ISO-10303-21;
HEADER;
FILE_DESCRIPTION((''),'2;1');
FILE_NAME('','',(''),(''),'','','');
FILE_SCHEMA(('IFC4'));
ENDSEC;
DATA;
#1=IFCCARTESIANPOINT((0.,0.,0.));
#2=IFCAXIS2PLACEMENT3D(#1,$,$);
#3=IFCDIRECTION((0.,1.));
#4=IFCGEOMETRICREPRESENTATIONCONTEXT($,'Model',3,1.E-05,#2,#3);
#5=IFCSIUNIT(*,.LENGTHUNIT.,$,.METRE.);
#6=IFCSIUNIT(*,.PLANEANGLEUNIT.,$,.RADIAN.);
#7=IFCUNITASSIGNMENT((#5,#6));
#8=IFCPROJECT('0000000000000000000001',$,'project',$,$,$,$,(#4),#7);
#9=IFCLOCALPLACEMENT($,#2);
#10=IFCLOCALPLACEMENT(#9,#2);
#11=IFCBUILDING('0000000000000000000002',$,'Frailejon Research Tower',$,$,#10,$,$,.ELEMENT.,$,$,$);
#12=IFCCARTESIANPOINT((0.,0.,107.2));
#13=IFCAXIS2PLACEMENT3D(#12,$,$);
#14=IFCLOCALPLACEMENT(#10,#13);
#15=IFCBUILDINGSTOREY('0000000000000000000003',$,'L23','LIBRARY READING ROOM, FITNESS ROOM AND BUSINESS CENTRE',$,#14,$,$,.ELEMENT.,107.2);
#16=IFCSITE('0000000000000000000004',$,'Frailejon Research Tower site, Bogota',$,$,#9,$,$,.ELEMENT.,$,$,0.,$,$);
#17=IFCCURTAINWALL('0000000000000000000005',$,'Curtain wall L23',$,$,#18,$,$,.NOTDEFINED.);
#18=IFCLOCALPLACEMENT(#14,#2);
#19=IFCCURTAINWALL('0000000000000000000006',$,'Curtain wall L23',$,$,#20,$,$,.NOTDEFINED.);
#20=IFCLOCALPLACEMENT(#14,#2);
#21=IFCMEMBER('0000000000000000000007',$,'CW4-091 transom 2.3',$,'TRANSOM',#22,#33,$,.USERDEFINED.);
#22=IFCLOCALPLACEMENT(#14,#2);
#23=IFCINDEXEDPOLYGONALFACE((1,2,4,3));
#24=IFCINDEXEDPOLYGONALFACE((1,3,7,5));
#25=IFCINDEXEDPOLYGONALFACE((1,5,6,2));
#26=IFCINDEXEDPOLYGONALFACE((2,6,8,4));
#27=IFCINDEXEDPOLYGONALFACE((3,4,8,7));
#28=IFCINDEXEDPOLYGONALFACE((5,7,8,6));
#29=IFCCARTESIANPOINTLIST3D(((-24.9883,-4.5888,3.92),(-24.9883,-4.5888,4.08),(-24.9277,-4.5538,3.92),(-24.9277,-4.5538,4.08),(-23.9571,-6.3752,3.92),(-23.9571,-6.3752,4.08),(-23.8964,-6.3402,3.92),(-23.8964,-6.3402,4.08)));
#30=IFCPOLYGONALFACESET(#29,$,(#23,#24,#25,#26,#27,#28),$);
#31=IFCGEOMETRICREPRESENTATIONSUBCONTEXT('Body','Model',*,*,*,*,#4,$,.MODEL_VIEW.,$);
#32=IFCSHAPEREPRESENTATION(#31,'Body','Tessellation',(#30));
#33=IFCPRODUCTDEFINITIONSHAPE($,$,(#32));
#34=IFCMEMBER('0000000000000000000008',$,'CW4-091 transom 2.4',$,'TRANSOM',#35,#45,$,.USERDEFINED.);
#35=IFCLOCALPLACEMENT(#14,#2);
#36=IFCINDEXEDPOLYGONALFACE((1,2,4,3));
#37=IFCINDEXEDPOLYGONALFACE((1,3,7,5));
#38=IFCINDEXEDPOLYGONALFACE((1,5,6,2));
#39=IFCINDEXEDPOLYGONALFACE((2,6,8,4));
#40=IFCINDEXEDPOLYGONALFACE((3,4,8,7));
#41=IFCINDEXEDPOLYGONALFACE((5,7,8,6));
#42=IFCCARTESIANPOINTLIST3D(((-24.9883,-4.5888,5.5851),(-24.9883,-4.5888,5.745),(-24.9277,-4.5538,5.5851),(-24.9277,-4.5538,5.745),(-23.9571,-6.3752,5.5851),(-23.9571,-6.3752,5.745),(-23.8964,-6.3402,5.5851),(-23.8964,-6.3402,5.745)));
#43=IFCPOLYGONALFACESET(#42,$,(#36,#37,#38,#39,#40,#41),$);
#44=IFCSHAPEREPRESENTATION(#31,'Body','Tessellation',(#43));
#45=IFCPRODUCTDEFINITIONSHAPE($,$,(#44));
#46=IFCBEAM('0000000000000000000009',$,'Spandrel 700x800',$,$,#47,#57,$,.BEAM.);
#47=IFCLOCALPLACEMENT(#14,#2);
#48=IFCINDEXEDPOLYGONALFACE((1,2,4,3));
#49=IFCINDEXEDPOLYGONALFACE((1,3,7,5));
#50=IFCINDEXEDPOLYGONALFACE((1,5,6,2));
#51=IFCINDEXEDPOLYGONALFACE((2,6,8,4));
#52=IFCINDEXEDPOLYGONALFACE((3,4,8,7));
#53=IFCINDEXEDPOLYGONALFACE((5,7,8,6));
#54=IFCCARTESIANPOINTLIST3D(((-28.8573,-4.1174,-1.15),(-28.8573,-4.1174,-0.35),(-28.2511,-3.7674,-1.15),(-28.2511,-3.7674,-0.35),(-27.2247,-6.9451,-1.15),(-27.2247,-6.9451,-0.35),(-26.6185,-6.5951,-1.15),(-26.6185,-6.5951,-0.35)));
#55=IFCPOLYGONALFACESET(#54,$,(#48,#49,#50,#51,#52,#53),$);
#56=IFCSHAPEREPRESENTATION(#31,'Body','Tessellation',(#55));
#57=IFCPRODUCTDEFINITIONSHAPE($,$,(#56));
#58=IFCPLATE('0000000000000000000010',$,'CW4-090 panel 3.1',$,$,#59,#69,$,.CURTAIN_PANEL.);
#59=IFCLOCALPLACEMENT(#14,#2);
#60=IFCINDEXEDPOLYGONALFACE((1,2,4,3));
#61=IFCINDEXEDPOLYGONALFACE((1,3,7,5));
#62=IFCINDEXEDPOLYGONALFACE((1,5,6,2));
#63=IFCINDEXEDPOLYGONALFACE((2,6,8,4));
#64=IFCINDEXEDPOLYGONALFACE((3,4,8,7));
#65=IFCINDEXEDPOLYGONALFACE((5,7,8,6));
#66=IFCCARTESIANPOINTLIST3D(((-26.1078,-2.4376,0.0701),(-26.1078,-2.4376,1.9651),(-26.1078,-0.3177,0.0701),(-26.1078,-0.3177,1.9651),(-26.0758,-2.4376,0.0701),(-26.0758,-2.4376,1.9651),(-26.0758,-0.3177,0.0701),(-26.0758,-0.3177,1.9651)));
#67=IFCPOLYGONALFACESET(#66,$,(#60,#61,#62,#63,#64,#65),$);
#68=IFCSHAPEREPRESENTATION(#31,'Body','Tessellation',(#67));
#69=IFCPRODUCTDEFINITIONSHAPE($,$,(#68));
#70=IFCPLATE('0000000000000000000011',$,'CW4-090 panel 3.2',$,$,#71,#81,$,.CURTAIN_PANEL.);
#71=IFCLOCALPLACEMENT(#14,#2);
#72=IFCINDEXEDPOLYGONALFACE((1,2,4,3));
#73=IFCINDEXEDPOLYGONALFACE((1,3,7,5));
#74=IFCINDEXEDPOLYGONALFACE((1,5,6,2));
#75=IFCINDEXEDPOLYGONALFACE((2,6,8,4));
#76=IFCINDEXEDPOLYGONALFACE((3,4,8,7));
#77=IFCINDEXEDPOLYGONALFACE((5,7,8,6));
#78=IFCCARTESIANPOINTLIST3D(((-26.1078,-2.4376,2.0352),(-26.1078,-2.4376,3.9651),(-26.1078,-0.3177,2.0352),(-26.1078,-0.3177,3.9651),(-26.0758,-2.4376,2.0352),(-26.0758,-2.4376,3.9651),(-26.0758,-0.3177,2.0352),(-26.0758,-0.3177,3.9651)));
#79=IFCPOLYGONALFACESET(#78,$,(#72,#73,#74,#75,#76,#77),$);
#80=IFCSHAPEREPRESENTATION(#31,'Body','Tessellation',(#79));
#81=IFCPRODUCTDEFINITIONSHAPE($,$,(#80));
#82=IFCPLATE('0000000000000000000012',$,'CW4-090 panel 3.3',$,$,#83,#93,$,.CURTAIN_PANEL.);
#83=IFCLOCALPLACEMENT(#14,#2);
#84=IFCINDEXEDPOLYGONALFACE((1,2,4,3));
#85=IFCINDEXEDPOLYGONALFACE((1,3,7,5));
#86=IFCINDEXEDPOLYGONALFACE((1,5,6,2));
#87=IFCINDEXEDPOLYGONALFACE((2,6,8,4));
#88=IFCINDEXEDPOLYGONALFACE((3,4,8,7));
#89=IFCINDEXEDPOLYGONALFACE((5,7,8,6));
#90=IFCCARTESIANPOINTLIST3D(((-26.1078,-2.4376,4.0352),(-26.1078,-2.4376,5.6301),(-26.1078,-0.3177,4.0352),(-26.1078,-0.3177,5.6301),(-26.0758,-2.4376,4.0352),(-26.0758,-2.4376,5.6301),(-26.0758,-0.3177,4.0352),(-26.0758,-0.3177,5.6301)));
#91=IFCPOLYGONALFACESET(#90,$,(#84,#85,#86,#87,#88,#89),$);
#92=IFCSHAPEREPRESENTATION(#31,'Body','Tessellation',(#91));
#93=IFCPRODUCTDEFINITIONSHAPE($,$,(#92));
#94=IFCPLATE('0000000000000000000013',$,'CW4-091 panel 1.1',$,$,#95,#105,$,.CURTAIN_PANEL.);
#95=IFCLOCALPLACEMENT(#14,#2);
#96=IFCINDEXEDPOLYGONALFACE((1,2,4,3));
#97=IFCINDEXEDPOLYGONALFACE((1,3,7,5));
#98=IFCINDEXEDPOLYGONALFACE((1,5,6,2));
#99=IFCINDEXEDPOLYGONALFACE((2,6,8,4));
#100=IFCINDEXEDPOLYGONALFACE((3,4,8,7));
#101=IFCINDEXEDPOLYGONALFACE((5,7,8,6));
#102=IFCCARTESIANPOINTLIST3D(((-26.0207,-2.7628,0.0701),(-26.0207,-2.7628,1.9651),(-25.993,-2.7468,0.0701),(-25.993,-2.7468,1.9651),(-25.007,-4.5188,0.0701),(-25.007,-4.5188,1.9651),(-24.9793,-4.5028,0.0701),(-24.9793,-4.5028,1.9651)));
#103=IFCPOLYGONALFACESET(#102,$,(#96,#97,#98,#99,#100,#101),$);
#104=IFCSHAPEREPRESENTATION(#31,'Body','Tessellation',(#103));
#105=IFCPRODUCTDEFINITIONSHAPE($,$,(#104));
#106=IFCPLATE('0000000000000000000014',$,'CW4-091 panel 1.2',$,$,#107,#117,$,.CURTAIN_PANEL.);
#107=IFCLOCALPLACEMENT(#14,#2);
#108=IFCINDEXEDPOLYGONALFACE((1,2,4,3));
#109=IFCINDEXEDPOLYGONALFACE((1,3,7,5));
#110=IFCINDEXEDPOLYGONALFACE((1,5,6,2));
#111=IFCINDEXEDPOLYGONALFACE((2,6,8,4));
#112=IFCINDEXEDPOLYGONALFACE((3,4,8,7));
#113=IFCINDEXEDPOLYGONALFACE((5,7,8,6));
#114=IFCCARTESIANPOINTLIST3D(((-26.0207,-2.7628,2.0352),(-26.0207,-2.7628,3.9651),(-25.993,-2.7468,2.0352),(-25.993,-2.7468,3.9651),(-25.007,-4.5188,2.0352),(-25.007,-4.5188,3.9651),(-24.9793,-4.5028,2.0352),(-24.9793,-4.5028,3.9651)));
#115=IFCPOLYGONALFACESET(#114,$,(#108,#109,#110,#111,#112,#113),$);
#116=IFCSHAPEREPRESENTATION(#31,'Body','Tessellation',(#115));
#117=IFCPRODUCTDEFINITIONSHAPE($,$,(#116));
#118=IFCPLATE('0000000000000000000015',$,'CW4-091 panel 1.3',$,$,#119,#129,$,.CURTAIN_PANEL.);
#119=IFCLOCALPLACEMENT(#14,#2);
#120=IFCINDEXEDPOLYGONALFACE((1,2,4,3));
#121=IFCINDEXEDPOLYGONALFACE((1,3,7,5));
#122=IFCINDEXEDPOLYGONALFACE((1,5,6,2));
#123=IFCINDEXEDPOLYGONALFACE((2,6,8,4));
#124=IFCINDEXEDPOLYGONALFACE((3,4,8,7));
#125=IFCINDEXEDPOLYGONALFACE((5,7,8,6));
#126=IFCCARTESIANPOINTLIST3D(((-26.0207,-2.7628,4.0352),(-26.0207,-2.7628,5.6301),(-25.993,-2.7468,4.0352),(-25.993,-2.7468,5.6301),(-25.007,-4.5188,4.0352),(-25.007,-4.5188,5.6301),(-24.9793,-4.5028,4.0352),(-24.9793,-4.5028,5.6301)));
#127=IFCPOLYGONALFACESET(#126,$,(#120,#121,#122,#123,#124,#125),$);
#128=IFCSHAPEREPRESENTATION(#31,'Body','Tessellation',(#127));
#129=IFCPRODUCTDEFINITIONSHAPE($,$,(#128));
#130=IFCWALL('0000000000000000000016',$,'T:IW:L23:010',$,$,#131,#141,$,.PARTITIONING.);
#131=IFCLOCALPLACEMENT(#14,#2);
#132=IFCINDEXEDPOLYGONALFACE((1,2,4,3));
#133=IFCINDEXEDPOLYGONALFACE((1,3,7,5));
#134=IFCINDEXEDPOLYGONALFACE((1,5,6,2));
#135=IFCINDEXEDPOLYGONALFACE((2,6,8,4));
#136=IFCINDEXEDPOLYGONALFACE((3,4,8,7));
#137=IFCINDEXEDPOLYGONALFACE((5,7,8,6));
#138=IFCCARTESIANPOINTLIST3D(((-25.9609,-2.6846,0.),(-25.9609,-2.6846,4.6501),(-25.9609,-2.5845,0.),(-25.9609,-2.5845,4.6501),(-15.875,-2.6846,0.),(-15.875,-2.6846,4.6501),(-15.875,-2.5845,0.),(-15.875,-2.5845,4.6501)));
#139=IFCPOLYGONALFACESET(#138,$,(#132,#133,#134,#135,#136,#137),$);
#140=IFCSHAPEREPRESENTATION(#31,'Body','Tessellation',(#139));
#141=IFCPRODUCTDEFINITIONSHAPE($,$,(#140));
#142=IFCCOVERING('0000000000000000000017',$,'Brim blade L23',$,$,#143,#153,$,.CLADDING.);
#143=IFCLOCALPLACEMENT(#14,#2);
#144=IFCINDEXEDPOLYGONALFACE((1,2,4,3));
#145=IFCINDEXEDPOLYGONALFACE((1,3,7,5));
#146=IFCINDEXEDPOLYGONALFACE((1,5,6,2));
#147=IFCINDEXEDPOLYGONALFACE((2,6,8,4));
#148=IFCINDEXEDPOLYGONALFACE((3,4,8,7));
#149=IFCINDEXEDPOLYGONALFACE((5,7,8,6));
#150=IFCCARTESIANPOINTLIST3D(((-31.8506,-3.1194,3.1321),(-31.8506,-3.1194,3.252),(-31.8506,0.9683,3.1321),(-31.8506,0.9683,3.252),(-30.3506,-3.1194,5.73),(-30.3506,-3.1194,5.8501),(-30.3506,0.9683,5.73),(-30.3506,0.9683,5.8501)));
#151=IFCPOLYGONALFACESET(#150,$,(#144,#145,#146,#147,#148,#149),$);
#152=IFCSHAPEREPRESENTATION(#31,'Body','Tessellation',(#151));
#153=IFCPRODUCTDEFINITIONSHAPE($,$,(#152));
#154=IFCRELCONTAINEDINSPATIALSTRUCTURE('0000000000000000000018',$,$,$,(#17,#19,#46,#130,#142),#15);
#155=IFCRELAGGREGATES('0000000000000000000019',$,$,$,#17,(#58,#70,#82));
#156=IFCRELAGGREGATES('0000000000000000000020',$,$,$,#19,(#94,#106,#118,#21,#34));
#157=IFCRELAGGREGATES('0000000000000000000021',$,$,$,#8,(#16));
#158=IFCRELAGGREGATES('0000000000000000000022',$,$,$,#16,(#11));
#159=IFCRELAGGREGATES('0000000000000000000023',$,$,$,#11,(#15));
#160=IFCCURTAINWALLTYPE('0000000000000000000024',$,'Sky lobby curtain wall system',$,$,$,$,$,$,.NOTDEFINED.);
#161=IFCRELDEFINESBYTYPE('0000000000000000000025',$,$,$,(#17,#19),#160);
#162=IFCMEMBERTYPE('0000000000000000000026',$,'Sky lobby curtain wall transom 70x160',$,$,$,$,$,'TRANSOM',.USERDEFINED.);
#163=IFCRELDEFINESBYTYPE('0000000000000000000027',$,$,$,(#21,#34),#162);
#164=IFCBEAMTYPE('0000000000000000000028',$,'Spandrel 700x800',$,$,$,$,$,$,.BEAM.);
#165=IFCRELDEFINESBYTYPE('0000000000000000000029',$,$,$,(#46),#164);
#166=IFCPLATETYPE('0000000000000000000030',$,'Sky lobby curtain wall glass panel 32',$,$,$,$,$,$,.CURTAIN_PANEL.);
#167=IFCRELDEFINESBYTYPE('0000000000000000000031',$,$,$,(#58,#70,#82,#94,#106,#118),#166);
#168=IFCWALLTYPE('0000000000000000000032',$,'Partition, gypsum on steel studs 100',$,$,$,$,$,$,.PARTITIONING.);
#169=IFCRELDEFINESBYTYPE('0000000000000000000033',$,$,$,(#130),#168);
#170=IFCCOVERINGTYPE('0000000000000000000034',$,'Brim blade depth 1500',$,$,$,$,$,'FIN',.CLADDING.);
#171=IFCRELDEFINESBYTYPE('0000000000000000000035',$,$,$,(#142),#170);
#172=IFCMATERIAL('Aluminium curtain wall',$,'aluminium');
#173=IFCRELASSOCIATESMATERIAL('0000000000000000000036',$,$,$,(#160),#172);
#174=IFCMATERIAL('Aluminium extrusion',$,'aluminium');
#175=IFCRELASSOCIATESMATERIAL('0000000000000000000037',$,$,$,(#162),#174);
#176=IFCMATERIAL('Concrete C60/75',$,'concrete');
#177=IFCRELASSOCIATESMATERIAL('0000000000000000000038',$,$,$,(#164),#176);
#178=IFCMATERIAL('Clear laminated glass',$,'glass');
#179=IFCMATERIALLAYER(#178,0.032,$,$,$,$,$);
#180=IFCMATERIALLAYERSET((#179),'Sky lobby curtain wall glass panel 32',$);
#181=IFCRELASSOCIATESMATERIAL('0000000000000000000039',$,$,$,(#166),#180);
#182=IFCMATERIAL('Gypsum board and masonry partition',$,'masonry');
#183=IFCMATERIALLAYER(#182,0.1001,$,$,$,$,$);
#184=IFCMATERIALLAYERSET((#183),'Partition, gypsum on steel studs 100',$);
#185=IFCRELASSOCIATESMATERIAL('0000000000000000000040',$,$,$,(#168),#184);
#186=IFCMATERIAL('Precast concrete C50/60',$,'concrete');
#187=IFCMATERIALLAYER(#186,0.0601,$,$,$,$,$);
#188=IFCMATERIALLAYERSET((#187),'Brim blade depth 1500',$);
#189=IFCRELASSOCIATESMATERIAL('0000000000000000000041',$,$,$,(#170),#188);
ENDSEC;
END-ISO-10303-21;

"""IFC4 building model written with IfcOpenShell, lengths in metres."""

from ifc_helpers import new_model, si_unit, direction, frame, frame_2d, origin, origin_2d, place, context, subcontext, project, spatial, polyline, rectangle, outline, extrude, material, layer, layer_set, material_profile, profile_set, type_object, element, aggregate, save


model = new_model("IFC4")

# Units and contexts
model_context = context("Model", 3, precision=1e-05, world=origin(), true_north=direction((0.0, 1.0)))
body_context = subcontext(model_context, "Body", "Model", "MODEL_VIEW")
ifc_project = project(units=[si_unit("LENGTHUNIT", "METRE"), si_unit("PLANEANGLEUNIT", "RADIAN")], contexts=[model_context])

# Site, building, storey
site_placement = place(None, origin())
site = spatial("IfcSite", under=ifc_project, at=site_placement, Name="Frailejon Research Tower site, Bogota", CompositionType="ELEMENT", RefElevation=0.0)
building_placement = place(site_placement, origin())
building = spatial("IfcBuilding", under=site, at=building_placement, Name="Frailejon Research Tower", CompositionType="ELEMENT")
storey_placement = place(building_placement, frame((0.0, 0.0, 107.2)))
storey = spatial("IfcBuildingStorey", under=building, at=storey_placement, Name="L23", Description="LIBRARY READING ROOM, FITNESS ROOM AND BUSINESS CENTRE", CompositionType="ELEMENT", Elevation=107.2)

# Curtain wall
ifc_material_1 = material(Name="Aluminium curtain wall", Category="aluminium")
curtain_wall_type = type_object("IfcCurtainWallType", Name="Sky lobby curtain wall system", PredefinedType="NOTDEFINED", material=ifc_material_1)
curtain_wall_1_placement = place(storey_placement, origin())
curtain_wall_1 = element("IfcCurtainWall", 1, at=curtain_wall_1_placement, inside=storey, type_object=curtain_wall_type, Name="Curtain wall L23", PredefinedType="NOTDEFINED")

# Curtain wall
curtain_wall_2_placement = place(storey_placement, origin())
curtain_wall_2 = element("IfcCurtainWall", 2, at=curtain_wall_2_placement, inside=storey, type_object=curtain_wall_type, Name="Curtain wall L23", PredefinedType="NOTDEFINED")

# Members
ifc_material_2 = material(Name="Aluminium extrusion", Category="aluminium")
ifc_material_profile_1 = material_profile(ifc_material_2, rectangle(XDim=0.0701, YDim=0.1599, at=origin_2d()), Name="Sky lobby curtain wall transom 70x160")
ifc_profile_set_1 = profile_set([ifc_material_profile_1], Name="Aluminium extrusion")
member_type_1 = type_object("IfcMemberType", Name="Sky lobby curtain wall transom 70x160", ElementType="TRANSOM", PredefinedType="USERDEFINED", material=ifc_profile_set_1)
member_1_placement = place(storey_placement, frame((-24.958, -4.5713, 4.0), z_axis=(0.499958, -0.86605, 0.0), x_axis=(0.86605, 0.499958, 0.0)))
member_1 = element("IfcMember", 3, at=member_1_placement, type_object=member_type_1, Name="CW4-091 transom 2.3", ObjectType="TRANSOM", PredefinedType="USERDEFINED", context=body_context, shape_type="SweptSolid", body=[
    extrude(rectangle(XDim=0.0701, YDim=0.1599, at=origin_2d()), origin(), (0.0, 0.0, 1.0), 2.0627),
])
member_2_placement = place(storey_placement, frame((-24.958, -4.5713, 5.665), z_axis=(0.499958, -0.86605, 0.0), x_axis=(0.86605, 0.499958, 0.0)))
member_2 = element("IfcMember", 4, at=member_2_placement, type_object=member_type_1, Name="CW4-091 transom 2.4", ObjectType="TRANSOM", PredefinedType="USERDEFINED", context=body_context, shape_type="SweptSolid", body=[
    extrude(rectangle(XDim=0.0701, YDim=0.1599, at=origin_2d()), origin(), (0.0, 0.0, 1.0), 2.0627),
])

# Beam
ifc_material_3 = material(Name="Concrete C60/75", Category="concrete")
ifc_material_profile_2 = material_profile(ifc_material_3, rectangle(XDim=0.7, YDim=0.8, at=origin_2d()), Name="Spandrel 700x800")
ifc_profile_set_2 = profile_set([ifc_material_profile_2], Name="Concrete C60/75")
beam_type_1 = type_object("IfcBeamType", Name="Spandrel 700x800", PredefinedType="BEAM", material=ifc_profile_set_2)
beam_1_placement = place(storey_placement, frame((-28.5542, -3.9424, -0.75), z_axis=(0.500007, -0.866021, 0.0), x_axis=(0.866021, 0.500007, 0.0)))
element("IfcBeam", 5, at=beam_1_placement, inside=storey, type_object=beam_type_1, Name="Spandrel 700x800", PredefinedType="BEAM", context=body_context, shape_type="SweptSolid", body=[
    extrude(rectangle(XDim=0.7, YDim=0.8, at=origin_2d()), origin(), (0.0, 0.0, 1.0), 3.2651),
])

# Plates
ifc_material_4 = material(Name="Clear laminated glass", Category="glass")
ifc_layer_1 = layer(ifc_material_4, 0.032)
ifc_layer_set_1 = layer_set([ifc_layer_1], Name="Sky lobby curtain wall glass panel 32")
plate_type = type_object("IfcPlateType", Name="Sky lobby curtain wall glass panel 32", PredefinedType="CURTAIN_PANEL", material=ifc_layer_set_1)
plate_1_placement = place(storey_placement, frame((-26.0918, -1.3777, 0.0701), z_axis=(0.0, 0.0, 1.0), x_axis=(0.0, -1.0, 0.0)))
plate_1 = element("IfcPlate", 6, at=plate_1_placement, type_object=plate_type, Name="CW4-090 panel 3.1", PredefinedType="CURTAIN_PANEL", context=body_context, shape_type="SweptSolid", body=[
    extrude(rectangle(XDim=2.1199, YDim=0.032, at=origin_2d()), origin(), (0.0, 0.0, 1.0), 1.895),
])
plate_2_placement = place(storey_placement, frame((-26.0918, -1.3777, 2.0352), z_axis=(0.0, 0.0, 1.0), x_axis=(0.0, -1.0, 0.0)))
plate_2 = element("IfcPlate", 7, at=plate_2_placement, type_object=plate_type, Name="CW4-090 panel 3.2", PredefinedType="CURTAIN_PANEL", context=body_context, shape_type="SweptSolid", body=[
    extrude(rectangle(XDim=2.1199, YDim=0.032, at=origin_2d()), origin(), (0.0, 0.0, 1.0), 1.9299),
])
plate_3_placement = place(storey_placement, frame((-26.0918, -1.3777, 4.0352), z_axis=(0.0, 0.0, 1.0), x_axis=(0.0, -1.0, 0.0)))
plate_3 = element("IfcPlate", 8, at=plate_3_placement, type_object=plate_type, Name="CW4-090 panel 3.3", PredefinedType="CURTAIN_PANEL", context=body_context, shape_type="SweptSolid", body=[
    extrude(rectangle(XDim=2.1199, YDim=0.032, at=origin_2d()), origin(), (0.0, 0.0, 1.0), 1.595),
])
aggregate(curtain_wall_1, [plate_1, plate_2, plate_3])
plate_4_placement = place(storey_placement, frame((-25.5, -3.6328, 0.0701), z_axis=(0.0, 0.0, 1.0), x_axis=(0.5, -0.866026, 0.0)))
plate_4 = element("IfcPlate", 9, at=plate_4_placement, type_object=plate_type, Name="CW4-091 panel 1.1", PredefinedType="CURTAIN_PANEL", context=body_context, shape_type="SweptSolid", body=[
    extrude(rectangle(XDim=2.0276, YDim=0.032, at=origin_2d()), origin(), (0.0, 0.0, 1.0), 1.895),
])
plate_5_placement = place(storey_placement, frame((-25.5, -3.6328, 2.0352), z_axis=(0.0, 0.0, 1.0), x_axis=(0.5, -0.866026, 0.0)))
plate_5 = element("IfcPlate", 10, at=plate_5_placement, type_object=plate_type, Name="CW4-091 panel 1.2", PredefinedType="CURTAIN_PANEL", context=body_context, shape_type="SweptSolid", body=[
    extrude(rectangle(XDim=2.0276, YDim=0.032, at=origin_2d()), origin(), (0.0, 0.0, 1.0), 1.9299),
])
plate_6_placement = place(storey_placement, frame((-25.5, -3.6328, 4.0352), z_axis=(0.0, 0.0, 1.0), x_axis=(0.5, -0.866026, 0.0)))
plate_6 = element("IfcPlate", 11, at=plate_6_placement, type_object=plate_type, Name="CW4-091 panel 1.3", PredefinedType="CURTAIN_PANEL", context=body_context, shape_type="SweptSolid", body=[
    extrude(rectangle(XDim=2.0276, YDim=0.032, at=origin_2d()), origin(), (0.0, 0.0, 1.0), 1.595),
])
aggregate(curtain_wall_2, [plate_4, plate_5, plate_6, member_1, member_2])

# Wall
ifc_material_5 = material(Name="Gypsum board and masonry partition", Category="masonry")
ifc_layer_2 = layer(ifc_material_5, 0.1001)
ifc_layer_set_2 = layer_set([ifc_layer_2], Name="Partition, gypsum on steel studs 100")
wall_type = type_object("IfcWallType", Name="Partition, gypsum on steel studs 100", PredefinedType="PARTITIONING", material=ifc_layer_set_2)
wall_placement = place(storey_placement, frame((-25.9609, -2.6345, 0.0), z_axis=(0.0, 0.0, 1.0), x_axis=(1.0, 0.0, 0.0)))
element("IfcWall", 12, at=wall_placement, inside=storey, type_object=wall_type, Name="T:IW:L23:010", PredefinedType="PARTITIONING", context=body_context, shape_type="SweptSolid", body=[
    extrude(rectangle(XDim=10.0859, YDim=0.1001, at=frame_2d((5.043, 0.0))), origin(), (0.0, 0.0, 1.0), 4.6501),
])

# Covering
ifc_material_6 = material(Name="Precast concrete C50/60", Category="concrete")
ifc_layer_3 = layer(ifc_material_6, 0.0601)
ifc_layer_set_3 = layer_set([ifc_layer_3], Name="Brim blade depth 1500")
covering_type = type_object("IfcCoveringType", Name="Brim blade depth 1500", ElementType="FIN", PredefinedType="CLADDING", material=ifc_layer_set_3)
covering_placement = place(storey_placement, frame((-30.3506, -3.1194, 5.8501), z_axis=(0.0, 1.0, 0.0), x_axis=(-1.0, 0.0, 0.0)))
element("IfcCovering", 13, at=covering_placement, inside=storey, type_object=covering_type, Name="Brim blade L23", PredefinedType="CLADDING", context=body_context, shape_type="SweptSolid", body=[
    extrude(outline(polyline([(0.0, -0.1201), (1.5, -2.718), (1.5, -2.5981), (0.0, 0.0), (0.0, -0.1201)])), origin(), (0.0, 0.0, 1.0), 4.0876),
])

save(model, "model.ifc")
